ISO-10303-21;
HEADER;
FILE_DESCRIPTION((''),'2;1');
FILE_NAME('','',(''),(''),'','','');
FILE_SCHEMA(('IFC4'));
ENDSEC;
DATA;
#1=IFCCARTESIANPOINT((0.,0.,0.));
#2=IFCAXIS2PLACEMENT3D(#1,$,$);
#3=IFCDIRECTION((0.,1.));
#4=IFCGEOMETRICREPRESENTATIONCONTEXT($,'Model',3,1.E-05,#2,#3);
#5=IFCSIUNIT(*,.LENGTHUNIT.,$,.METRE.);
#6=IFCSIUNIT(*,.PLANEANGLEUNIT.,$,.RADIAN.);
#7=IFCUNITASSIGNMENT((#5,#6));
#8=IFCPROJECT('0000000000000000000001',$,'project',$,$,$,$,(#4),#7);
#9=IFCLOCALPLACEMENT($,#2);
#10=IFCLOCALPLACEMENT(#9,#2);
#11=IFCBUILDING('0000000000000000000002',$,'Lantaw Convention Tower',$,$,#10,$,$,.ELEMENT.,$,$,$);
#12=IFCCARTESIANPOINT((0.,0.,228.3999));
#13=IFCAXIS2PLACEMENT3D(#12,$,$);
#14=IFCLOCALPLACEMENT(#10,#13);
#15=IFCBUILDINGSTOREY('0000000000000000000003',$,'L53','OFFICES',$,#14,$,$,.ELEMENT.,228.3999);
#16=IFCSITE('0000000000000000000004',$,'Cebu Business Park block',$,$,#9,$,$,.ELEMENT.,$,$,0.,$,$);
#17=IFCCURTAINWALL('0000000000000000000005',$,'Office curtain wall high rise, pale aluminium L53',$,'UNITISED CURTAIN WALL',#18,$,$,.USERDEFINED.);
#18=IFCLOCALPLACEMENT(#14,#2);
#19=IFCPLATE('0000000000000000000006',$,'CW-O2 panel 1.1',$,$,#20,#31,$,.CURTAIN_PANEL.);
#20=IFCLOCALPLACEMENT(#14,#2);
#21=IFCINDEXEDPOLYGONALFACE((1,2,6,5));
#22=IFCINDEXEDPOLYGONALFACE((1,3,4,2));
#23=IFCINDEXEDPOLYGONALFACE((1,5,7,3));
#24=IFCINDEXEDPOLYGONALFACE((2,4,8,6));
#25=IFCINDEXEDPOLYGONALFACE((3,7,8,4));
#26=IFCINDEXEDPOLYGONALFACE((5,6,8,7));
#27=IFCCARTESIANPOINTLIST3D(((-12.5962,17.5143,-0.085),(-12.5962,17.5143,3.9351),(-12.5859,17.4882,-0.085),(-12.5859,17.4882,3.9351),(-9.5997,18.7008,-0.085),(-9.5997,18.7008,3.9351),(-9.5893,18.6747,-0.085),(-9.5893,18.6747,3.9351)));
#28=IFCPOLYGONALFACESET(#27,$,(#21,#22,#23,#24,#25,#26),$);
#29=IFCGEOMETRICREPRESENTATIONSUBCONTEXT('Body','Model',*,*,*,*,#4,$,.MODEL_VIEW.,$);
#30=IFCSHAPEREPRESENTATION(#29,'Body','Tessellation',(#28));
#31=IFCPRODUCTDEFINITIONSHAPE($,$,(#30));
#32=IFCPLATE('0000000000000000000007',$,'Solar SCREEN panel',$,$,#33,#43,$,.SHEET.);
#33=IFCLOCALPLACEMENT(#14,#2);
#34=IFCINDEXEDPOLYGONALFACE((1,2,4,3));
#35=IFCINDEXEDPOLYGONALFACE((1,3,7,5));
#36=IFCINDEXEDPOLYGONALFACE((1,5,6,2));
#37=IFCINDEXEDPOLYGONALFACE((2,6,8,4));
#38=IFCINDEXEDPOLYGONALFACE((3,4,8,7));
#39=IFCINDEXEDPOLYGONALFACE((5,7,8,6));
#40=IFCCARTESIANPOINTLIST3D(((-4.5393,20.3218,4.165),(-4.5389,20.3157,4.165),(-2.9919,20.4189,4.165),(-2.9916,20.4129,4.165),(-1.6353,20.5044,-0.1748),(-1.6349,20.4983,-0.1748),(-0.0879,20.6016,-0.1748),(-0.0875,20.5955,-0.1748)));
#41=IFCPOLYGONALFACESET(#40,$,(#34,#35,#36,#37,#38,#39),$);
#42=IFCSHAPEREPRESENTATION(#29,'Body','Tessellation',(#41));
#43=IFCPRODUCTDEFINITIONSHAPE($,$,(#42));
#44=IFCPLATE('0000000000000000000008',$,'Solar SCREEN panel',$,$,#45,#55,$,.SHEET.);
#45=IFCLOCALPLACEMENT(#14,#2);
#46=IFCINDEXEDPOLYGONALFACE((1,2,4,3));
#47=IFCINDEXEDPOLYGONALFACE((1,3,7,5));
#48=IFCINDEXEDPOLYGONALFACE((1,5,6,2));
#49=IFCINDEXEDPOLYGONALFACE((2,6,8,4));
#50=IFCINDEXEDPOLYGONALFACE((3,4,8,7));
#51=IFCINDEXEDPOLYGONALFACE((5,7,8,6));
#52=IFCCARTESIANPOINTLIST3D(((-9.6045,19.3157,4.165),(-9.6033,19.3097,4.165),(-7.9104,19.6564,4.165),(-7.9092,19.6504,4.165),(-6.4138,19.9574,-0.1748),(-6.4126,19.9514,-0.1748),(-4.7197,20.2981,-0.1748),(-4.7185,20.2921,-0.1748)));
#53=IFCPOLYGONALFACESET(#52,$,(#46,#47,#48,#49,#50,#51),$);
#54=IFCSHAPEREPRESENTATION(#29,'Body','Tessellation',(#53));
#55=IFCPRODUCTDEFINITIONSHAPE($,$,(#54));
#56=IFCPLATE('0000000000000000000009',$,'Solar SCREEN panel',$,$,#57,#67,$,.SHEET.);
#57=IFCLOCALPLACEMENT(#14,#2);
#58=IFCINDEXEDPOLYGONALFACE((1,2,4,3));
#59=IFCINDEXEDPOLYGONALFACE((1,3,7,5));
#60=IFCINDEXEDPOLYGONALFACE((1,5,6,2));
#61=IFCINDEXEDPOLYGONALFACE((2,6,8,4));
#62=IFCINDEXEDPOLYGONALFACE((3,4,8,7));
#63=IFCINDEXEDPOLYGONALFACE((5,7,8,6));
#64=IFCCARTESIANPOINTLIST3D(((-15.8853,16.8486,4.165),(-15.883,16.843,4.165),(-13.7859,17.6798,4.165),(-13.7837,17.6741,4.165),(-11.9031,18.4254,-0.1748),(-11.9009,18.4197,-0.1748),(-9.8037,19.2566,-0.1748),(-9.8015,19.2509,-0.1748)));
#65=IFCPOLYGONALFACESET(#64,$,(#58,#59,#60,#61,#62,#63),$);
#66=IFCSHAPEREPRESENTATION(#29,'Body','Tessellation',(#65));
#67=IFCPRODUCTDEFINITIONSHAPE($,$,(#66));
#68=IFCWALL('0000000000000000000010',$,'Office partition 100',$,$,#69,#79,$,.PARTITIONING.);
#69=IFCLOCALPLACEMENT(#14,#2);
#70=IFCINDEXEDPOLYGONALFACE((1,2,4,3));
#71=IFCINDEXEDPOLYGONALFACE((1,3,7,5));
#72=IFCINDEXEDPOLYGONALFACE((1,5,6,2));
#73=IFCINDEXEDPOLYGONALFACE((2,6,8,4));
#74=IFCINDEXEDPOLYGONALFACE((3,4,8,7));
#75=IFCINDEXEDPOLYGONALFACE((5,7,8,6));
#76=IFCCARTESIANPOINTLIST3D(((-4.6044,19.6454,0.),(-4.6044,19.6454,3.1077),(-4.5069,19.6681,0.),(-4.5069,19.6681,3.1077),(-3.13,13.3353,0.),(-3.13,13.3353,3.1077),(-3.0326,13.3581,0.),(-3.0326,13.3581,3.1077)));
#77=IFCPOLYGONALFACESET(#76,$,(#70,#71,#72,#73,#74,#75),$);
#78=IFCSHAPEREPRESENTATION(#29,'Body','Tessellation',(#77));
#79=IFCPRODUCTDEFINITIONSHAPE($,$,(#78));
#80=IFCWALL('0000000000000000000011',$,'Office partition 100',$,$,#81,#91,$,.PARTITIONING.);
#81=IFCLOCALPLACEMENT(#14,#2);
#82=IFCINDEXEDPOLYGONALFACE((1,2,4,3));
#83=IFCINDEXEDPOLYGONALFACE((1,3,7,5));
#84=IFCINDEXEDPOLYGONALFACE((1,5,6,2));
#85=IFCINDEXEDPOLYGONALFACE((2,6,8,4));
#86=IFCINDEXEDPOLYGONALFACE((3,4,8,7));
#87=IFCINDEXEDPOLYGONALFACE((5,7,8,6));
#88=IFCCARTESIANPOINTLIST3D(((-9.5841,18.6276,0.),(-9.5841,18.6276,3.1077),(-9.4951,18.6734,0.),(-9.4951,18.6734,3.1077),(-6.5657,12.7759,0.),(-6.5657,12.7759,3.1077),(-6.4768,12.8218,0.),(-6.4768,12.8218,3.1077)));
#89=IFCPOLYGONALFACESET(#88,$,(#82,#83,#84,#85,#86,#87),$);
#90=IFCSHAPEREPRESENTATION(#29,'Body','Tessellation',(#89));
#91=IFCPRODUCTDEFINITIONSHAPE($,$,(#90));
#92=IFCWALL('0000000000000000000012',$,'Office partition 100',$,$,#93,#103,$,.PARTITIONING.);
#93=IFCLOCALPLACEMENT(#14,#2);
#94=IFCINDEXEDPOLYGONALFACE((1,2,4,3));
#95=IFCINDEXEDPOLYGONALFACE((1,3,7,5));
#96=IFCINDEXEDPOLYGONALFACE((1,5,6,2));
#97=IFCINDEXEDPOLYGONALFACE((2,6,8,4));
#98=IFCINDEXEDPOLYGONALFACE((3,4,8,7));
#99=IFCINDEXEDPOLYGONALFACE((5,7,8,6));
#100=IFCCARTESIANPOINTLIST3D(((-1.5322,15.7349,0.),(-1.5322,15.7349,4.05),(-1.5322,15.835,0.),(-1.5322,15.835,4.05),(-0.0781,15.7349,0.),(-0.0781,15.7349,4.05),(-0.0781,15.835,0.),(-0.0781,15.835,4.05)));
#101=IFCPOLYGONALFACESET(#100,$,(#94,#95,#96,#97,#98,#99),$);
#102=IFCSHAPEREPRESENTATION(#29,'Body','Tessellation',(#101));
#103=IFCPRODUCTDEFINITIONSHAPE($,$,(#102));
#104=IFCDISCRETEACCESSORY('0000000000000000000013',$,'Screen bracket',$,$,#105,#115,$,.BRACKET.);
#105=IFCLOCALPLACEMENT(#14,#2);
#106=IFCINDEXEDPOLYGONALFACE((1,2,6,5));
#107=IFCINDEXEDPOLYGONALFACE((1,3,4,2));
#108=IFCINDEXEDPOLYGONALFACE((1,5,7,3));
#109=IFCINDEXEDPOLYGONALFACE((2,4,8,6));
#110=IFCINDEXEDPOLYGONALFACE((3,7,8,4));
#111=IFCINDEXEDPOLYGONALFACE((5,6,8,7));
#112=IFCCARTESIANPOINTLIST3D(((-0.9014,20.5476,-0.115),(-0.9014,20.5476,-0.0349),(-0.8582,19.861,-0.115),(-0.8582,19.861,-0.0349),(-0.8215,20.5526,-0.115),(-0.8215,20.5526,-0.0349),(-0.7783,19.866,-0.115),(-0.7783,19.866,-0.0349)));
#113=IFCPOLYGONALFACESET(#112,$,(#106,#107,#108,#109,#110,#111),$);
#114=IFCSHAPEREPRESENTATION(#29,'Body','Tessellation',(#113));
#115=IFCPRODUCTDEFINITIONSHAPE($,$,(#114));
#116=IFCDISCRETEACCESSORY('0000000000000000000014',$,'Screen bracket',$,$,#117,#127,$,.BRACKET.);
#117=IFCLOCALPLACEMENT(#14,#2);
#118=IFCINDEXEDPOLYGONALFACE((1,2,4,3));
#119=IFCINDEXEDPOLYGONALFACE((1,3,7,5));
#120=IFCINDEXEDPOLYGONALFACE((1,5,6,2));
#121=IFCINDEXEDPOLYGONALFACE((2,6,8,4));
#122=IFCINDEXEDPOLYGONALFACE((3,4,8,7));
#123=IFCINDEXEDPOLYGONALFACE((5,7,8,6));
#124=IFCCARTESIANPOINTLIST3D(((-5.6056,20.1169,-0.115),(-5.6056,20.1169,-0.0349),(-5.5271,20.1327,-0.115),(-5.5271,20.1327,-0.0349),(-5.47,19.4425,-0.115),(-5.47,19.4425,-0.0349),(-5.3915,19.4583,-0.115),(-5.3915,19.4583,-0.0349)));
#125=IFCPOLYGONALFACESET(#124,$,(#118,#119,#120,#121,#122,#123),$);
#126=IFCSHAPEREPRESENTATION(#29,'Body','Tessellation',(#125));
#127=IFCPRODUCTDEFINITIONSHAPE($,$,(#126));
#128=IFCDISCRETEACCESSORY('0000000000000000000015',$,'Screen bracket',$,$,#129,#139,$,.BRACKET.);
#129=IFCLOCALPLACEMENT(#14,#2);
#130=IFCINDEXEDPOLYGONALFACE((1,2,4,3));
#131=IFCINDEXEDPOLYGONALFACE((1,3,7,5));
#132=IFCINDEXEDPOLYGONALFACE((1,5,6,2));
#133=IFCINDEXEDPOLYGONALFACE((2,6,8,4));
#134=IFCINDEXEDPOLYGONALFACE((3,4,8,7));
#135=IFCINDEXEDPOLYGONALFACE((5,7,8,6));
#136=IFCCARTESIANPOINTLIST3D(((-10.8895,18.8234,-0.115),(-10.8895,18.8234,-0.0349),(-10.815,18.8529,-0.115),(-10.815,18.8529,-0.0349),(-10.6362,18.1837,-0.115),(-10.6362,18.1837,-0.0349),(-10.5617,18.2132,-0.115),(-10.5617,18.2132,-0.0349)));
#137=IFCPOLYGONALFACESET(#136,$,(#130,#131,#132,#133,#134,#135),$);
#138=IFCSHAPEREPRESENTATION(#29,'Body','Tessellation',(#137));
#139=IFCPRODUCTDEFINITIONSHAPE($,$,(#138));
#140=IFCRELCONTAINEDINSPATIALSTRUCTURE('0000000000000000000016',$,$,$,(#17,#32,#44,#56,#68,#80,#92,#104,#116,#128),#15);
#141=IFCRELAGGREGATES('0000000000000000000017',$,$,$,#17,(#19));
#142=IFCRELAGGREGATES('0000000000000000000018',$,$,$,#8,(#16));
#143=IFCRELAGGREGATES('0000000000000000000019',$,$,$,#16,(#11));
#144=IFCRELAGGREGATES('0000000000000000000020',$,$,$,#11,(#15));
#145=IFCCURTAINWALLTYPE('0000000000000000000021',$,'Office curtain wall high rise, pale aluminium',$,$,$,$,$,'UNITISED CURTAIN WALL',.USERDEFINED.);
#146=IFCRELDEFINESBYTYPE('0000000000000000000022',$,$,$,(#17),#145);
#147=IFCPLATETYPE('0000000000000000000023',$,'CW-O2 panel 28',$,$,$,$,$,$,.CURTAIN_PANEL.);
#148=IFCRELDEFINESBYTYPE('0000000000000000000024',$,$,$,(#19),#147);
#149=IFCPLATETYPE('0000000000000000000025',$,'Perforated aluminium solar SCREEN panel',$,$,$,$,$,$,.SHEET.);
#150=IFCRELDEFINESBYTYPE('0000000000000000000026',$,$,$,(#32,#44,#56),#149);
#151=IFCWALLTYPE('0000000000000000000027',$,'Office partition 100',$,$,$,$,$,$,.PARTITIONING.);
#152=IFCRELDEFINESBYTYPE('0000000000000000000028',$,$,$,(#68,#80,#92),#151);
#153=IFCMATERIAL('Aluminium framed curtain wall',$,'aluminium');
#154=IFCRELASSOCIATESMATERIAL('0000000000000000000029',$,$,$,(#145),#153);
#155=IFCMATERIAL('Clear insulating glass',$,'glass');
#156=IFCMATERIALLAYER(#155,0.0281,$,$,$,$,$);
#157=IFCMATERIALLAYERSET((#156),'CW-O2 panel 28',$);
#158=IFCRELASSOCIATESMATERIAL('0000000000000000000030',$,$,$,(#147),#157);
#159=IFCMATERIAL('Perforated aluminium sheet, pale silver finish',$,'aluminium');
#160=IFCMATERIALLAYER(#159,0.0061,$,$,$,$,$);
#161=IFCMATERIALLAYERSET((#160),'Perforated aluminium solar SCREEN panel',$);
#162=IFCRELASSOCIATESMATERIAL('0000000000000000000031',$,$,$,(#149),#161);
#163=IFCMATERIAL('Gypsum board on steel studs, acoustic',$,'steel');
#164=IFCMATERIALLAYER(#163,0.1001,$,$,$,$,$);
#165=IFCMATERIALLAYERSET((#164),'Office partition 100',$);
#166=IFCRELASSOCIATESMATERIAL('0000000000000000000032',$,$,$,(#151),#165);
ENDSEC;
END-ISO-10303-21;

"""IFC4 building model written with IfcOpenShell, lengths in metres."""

from ifc_helpers import new_model, si_unit, direction, frame, frame_2d, origin, origin_2d, place, context, subcontext, project, spatial, polyline, rectangle, outline, extrude, material, layer, layer_set, type_object, element, aggregate, save


model = new_model("IFC4")

# Units and contexts
model_context = context("Model", 3, precision=1e-05, world=origin(), true_north=direction((0.0, 1.0)))
body_context = subcontext(model_context, "Body", "Model", "MODEL_VIEW")
ifc_project = project(units=[si_unit("LENGTHUNIT", "METRE"), si_unit("PLANEANGLEUNIT", "RADIAN")], contexts=[model_context])

# Site, building, storey
site_placement = place(None, origin())
site = spatial("IfcSite", under=ifc_project, at=site_placement, Name="Cebu Business Park block", CompositionType="ELEMENT", RefElevation=0.0)
building_placement = place(site_placement, origin())
building = spatial("IfcBuilding", under=site, at=building_placement, Name="Lantaw Convention Tower", CompositionType="ELEMENT")
storey_placement = place(building_placement, frame((0.0, 0.0, 228.3999)))
storey = spatial("IfcBuildingStorey", under=building, at=storey_placement, Name="L53", Description="OFFICES", CompositionType="ELEMENT", Elevation=228.3999)

# Shared definitions
ifc_material_1 = material(Name="Aluminium framed curtain wall", Category="aluminium")
curtain_wall_type = type_object("IfcCurtainWallType", Name="Office curtain wall high rise, pale aluminium", ElementType="UNITISED CURTAIN WALL", PredefinedType="USERDEFINED", material=ifc_material_1)

# Curtain wall
curtain_wall_1_placement = place(storey_placement, origin())
curtain_wall_1 = element("IfcCurtainWall", 1, at=curtain_wall_1_placement, inside=storey, type_object=curtain_wall_type, Name="Office curtain wall high rise, pale aluminium L53", ObjectType="UNITISED CURTAIN WALL", PredefinedType="USERDEFINED")

# Plate
ifc_material_2 = material(Name="Clear insulating glass", Category="glass")
ifc_layer_1 = layer(ifc_material_2, 0.0281)
ifc_layer_set_1 = layer_set([ifc_layer_1], Name="CW-O2 panel 28")
plate_type_1 = type_object("IfcPlateType", Name="CW-O2 panel 28", PredefinedType="CURTAIN_PANEL", material=ifc_layer_set_1)
plate_1_placement = place(storey_placement, frame((-11.0928, 18.0945, -0.085), z_axis=(0.0, 0.0, 1.0), x_axis=(-0.929762, -0.368162, 0.0)))
plate_1 = element("IfcPlate", 2, at=plate_1_placement, type_object=plate_type_1, Name="CW-O2 panel 1.1", PredefinedType="CURTAIN_PANEL", context=body_context, shape_type="SweptSolid", body=[
    extrude(rectangle(XDim=3.2229, YDim=0.0281, at=origin_2d()), origin(), (0.0, 0.0, 1.0), 4.02),
])
aggregate(curtain_wall_1, [plate_1])

# Plates
ifc_material_3 = material(Name="Perforated aluminium sheet, pale silver finish", Category="aluminium")
ifc_layer_2 = layer(ifc_material_3, 0.0061)
ifc_layer_set_2 = layer_set([ifc_layer_2], Name="Perforated aluminium solar SCREEN panel")
plate_type_2 = type_object("IfcPlateType", Name="Perforated aluminium solar SCREEN panel", PredefinedType="SHEET", material=ifc_layer_set_2)
plate_2_placement = place(storey_placement, frame((-0.0879, 20.6016, -0.1748), z_axis=(-0.062672, 0.998034, 0.000059), x_axis=(-0.998034, -0.062672, 0.0)))
element("IfcPlate", 3, at=plate_2_placement, inside=storey, type_object=plate_type_2, Name="Solar SCREEN panel", PredefinedType="SHEET", context=body_context, shape_type="SweptSolid", body=[
    extrude(outline(polyline([(0.0, 0.0), (1.5504, 0.0), (4.4602, 4.3398), (2.9098, 4.3398), (0.0, 0.0)])), origin(), (0.0, 0.0, -1.0), 0.0061),
])
plate_3_placement = place(storey_placement, frame((-4.7197, 20.2981, -0.1748), z_axis=(-0.197162, 0.980371, 0.000011), x_axis=(-0.980371, -0.197162, 0.0)))
element("IfcPlate", 4, at=plate_3_placement, inside=storey, type_object=plate_type_2, Name="Solar SCREEN panel", PredefinedType="SHEET", context=body_context, shape_type="SweptSolid", body=[
    extrude(outline(polyline([(0.0, 0.0), (1.728, 0.0), (4.9826, 4.3398), (3.2546, 4.3398), (0.0, 0.0)])), origin(), (0.0, 0.0, -1.0), 0.0061),
])
plate_4_placement = place(storey_placement, frame((-9.8037, 19.2566, -0.1748), z_axis=(-0.368117, 0.92978, 0.000036), x_axis=(-0.92978, -0.368117, 0.0)))
element("IfcPlate", 5, at=plate_4_placement, inside=storey, type_object=plate_type_2, Name="Solar SCREEN panel", PredefinedType="SHEET", context=body_context, shape_type="SweptSolid", body=[
    extrude(outline(polyline([(0.0, 0.0), (2.258, 0.0), (6.5409, 4.3398), (4.283, 4.3398), (0.0, 0.0)])), origin(), (0.0, 0.0, -1.0), 0.0061),
])

# Walls
ifc_material_4 = material(Name="Gypsum board on steel studs, acoustic", Category="steel")
ifc_layer_3 = layer(ifc_material_4, 0.1001)
ifc_layer_set_3 = layer_set([ifc_layer_3], Name="Office partition 100")
wall_type = type_object("IfcWallType", Name="Office partition 100", PredefinedType="PARTITIONING", material=ifc_layer_set_3)
wall_1_placement = place(storey_placement, frame((-4.5557, 19.6567, 0.0), z_axis=(0.0, 0.0, 1.0), x_axis=(0.227525, -0.973772, 0.0)))
element("IfcWall", 6, at=wall_1_placement, inside=storey, type_object=wall_type, Name="Office partition 100", PredefinedType="PARTITIONING", context=body_context, shape_type="SweptSolid", body=[
    extrude(rectangle(XDim=6.48, YDim=0.1001, at=frame_2d((3.24, 0.0))), origin(), (0.0, 0.0, 1.0), 3.1077),
])
wall_2_placement = place(storey_placement, frame((-9.5396, 18.6504, 0.0), z_axis=(0.0, 0.0, 1.0), x_axis=(0.458421, -0.888735, 0.0)))
element("IfcWall", 7, at=wall_2_placement, inside=storey, type_object=wall_type, Name="Office partition 100", PredefinedType="PARTITIONING", context=body_context, shape_type="SweptSolid", body=[
    extrude(rectangle(XDim=6.5842, YDim=0.1001, at=frame_2d((3.292, 0.0))), origin(), (0.0, 0.0, 1.0), 3.1077),
])
wall_3_placement = place(storey_placement, frame((-1.5322, 15.7849, 0.0), z_axis=(0.0, 0.0, 1.0), x_axis=(1.0, 0.0, 0.0)))
element("IfcWall", 8, at=wall_3_placement, inside=storey, type_object=wall_type, Name="Office partition 100", PredefinedType="PARTITIONING", context=body_context, shape_type="SweptSolid", body=[
    extrude(rectangle(XDim=1.4541, YDim=0.1001, at=frame_2d((0.7271, 0.0))), origin(), (0.0, 0.0, 1.0), 4.05),
])

# Discrete accessories
for number, where, z_axis, x_axis, name in (
    (9, (-0.8398, 20.2068, -0.115), (0.0, 0.0, 1.0), (-0.998029, -0.062758, 0.0), "Screen bracket"),
    (10, (-5.4985, 19.7876, -0.115), (0.0, 0.0, 1.0), (-0.980367, -0.197183, 0.0), "Screen bracket"),
    (11, (-10.7256, 18.5183, -0.115), (0.0, 0.0, 1.0), (-0.929762, -0.368162, 0.0), "Screen bracket"),
):
    element("IfcDiscreteAccessory", number, at=place(storey_placement, frame(where, z_axis=z_axis, x_axis=x_axis)), inside=storey, Name=name, PredefinedType="BRACKET", context=body_context, shape_type="SweptSolid", body=[
        extrude(rectangle(XDim=0.0801, YDim=0.688, at=origin_2d()), origin(), (0.0, 0.0, 1.0), 0.0801),
    ])

save(model, "model.ifc")
